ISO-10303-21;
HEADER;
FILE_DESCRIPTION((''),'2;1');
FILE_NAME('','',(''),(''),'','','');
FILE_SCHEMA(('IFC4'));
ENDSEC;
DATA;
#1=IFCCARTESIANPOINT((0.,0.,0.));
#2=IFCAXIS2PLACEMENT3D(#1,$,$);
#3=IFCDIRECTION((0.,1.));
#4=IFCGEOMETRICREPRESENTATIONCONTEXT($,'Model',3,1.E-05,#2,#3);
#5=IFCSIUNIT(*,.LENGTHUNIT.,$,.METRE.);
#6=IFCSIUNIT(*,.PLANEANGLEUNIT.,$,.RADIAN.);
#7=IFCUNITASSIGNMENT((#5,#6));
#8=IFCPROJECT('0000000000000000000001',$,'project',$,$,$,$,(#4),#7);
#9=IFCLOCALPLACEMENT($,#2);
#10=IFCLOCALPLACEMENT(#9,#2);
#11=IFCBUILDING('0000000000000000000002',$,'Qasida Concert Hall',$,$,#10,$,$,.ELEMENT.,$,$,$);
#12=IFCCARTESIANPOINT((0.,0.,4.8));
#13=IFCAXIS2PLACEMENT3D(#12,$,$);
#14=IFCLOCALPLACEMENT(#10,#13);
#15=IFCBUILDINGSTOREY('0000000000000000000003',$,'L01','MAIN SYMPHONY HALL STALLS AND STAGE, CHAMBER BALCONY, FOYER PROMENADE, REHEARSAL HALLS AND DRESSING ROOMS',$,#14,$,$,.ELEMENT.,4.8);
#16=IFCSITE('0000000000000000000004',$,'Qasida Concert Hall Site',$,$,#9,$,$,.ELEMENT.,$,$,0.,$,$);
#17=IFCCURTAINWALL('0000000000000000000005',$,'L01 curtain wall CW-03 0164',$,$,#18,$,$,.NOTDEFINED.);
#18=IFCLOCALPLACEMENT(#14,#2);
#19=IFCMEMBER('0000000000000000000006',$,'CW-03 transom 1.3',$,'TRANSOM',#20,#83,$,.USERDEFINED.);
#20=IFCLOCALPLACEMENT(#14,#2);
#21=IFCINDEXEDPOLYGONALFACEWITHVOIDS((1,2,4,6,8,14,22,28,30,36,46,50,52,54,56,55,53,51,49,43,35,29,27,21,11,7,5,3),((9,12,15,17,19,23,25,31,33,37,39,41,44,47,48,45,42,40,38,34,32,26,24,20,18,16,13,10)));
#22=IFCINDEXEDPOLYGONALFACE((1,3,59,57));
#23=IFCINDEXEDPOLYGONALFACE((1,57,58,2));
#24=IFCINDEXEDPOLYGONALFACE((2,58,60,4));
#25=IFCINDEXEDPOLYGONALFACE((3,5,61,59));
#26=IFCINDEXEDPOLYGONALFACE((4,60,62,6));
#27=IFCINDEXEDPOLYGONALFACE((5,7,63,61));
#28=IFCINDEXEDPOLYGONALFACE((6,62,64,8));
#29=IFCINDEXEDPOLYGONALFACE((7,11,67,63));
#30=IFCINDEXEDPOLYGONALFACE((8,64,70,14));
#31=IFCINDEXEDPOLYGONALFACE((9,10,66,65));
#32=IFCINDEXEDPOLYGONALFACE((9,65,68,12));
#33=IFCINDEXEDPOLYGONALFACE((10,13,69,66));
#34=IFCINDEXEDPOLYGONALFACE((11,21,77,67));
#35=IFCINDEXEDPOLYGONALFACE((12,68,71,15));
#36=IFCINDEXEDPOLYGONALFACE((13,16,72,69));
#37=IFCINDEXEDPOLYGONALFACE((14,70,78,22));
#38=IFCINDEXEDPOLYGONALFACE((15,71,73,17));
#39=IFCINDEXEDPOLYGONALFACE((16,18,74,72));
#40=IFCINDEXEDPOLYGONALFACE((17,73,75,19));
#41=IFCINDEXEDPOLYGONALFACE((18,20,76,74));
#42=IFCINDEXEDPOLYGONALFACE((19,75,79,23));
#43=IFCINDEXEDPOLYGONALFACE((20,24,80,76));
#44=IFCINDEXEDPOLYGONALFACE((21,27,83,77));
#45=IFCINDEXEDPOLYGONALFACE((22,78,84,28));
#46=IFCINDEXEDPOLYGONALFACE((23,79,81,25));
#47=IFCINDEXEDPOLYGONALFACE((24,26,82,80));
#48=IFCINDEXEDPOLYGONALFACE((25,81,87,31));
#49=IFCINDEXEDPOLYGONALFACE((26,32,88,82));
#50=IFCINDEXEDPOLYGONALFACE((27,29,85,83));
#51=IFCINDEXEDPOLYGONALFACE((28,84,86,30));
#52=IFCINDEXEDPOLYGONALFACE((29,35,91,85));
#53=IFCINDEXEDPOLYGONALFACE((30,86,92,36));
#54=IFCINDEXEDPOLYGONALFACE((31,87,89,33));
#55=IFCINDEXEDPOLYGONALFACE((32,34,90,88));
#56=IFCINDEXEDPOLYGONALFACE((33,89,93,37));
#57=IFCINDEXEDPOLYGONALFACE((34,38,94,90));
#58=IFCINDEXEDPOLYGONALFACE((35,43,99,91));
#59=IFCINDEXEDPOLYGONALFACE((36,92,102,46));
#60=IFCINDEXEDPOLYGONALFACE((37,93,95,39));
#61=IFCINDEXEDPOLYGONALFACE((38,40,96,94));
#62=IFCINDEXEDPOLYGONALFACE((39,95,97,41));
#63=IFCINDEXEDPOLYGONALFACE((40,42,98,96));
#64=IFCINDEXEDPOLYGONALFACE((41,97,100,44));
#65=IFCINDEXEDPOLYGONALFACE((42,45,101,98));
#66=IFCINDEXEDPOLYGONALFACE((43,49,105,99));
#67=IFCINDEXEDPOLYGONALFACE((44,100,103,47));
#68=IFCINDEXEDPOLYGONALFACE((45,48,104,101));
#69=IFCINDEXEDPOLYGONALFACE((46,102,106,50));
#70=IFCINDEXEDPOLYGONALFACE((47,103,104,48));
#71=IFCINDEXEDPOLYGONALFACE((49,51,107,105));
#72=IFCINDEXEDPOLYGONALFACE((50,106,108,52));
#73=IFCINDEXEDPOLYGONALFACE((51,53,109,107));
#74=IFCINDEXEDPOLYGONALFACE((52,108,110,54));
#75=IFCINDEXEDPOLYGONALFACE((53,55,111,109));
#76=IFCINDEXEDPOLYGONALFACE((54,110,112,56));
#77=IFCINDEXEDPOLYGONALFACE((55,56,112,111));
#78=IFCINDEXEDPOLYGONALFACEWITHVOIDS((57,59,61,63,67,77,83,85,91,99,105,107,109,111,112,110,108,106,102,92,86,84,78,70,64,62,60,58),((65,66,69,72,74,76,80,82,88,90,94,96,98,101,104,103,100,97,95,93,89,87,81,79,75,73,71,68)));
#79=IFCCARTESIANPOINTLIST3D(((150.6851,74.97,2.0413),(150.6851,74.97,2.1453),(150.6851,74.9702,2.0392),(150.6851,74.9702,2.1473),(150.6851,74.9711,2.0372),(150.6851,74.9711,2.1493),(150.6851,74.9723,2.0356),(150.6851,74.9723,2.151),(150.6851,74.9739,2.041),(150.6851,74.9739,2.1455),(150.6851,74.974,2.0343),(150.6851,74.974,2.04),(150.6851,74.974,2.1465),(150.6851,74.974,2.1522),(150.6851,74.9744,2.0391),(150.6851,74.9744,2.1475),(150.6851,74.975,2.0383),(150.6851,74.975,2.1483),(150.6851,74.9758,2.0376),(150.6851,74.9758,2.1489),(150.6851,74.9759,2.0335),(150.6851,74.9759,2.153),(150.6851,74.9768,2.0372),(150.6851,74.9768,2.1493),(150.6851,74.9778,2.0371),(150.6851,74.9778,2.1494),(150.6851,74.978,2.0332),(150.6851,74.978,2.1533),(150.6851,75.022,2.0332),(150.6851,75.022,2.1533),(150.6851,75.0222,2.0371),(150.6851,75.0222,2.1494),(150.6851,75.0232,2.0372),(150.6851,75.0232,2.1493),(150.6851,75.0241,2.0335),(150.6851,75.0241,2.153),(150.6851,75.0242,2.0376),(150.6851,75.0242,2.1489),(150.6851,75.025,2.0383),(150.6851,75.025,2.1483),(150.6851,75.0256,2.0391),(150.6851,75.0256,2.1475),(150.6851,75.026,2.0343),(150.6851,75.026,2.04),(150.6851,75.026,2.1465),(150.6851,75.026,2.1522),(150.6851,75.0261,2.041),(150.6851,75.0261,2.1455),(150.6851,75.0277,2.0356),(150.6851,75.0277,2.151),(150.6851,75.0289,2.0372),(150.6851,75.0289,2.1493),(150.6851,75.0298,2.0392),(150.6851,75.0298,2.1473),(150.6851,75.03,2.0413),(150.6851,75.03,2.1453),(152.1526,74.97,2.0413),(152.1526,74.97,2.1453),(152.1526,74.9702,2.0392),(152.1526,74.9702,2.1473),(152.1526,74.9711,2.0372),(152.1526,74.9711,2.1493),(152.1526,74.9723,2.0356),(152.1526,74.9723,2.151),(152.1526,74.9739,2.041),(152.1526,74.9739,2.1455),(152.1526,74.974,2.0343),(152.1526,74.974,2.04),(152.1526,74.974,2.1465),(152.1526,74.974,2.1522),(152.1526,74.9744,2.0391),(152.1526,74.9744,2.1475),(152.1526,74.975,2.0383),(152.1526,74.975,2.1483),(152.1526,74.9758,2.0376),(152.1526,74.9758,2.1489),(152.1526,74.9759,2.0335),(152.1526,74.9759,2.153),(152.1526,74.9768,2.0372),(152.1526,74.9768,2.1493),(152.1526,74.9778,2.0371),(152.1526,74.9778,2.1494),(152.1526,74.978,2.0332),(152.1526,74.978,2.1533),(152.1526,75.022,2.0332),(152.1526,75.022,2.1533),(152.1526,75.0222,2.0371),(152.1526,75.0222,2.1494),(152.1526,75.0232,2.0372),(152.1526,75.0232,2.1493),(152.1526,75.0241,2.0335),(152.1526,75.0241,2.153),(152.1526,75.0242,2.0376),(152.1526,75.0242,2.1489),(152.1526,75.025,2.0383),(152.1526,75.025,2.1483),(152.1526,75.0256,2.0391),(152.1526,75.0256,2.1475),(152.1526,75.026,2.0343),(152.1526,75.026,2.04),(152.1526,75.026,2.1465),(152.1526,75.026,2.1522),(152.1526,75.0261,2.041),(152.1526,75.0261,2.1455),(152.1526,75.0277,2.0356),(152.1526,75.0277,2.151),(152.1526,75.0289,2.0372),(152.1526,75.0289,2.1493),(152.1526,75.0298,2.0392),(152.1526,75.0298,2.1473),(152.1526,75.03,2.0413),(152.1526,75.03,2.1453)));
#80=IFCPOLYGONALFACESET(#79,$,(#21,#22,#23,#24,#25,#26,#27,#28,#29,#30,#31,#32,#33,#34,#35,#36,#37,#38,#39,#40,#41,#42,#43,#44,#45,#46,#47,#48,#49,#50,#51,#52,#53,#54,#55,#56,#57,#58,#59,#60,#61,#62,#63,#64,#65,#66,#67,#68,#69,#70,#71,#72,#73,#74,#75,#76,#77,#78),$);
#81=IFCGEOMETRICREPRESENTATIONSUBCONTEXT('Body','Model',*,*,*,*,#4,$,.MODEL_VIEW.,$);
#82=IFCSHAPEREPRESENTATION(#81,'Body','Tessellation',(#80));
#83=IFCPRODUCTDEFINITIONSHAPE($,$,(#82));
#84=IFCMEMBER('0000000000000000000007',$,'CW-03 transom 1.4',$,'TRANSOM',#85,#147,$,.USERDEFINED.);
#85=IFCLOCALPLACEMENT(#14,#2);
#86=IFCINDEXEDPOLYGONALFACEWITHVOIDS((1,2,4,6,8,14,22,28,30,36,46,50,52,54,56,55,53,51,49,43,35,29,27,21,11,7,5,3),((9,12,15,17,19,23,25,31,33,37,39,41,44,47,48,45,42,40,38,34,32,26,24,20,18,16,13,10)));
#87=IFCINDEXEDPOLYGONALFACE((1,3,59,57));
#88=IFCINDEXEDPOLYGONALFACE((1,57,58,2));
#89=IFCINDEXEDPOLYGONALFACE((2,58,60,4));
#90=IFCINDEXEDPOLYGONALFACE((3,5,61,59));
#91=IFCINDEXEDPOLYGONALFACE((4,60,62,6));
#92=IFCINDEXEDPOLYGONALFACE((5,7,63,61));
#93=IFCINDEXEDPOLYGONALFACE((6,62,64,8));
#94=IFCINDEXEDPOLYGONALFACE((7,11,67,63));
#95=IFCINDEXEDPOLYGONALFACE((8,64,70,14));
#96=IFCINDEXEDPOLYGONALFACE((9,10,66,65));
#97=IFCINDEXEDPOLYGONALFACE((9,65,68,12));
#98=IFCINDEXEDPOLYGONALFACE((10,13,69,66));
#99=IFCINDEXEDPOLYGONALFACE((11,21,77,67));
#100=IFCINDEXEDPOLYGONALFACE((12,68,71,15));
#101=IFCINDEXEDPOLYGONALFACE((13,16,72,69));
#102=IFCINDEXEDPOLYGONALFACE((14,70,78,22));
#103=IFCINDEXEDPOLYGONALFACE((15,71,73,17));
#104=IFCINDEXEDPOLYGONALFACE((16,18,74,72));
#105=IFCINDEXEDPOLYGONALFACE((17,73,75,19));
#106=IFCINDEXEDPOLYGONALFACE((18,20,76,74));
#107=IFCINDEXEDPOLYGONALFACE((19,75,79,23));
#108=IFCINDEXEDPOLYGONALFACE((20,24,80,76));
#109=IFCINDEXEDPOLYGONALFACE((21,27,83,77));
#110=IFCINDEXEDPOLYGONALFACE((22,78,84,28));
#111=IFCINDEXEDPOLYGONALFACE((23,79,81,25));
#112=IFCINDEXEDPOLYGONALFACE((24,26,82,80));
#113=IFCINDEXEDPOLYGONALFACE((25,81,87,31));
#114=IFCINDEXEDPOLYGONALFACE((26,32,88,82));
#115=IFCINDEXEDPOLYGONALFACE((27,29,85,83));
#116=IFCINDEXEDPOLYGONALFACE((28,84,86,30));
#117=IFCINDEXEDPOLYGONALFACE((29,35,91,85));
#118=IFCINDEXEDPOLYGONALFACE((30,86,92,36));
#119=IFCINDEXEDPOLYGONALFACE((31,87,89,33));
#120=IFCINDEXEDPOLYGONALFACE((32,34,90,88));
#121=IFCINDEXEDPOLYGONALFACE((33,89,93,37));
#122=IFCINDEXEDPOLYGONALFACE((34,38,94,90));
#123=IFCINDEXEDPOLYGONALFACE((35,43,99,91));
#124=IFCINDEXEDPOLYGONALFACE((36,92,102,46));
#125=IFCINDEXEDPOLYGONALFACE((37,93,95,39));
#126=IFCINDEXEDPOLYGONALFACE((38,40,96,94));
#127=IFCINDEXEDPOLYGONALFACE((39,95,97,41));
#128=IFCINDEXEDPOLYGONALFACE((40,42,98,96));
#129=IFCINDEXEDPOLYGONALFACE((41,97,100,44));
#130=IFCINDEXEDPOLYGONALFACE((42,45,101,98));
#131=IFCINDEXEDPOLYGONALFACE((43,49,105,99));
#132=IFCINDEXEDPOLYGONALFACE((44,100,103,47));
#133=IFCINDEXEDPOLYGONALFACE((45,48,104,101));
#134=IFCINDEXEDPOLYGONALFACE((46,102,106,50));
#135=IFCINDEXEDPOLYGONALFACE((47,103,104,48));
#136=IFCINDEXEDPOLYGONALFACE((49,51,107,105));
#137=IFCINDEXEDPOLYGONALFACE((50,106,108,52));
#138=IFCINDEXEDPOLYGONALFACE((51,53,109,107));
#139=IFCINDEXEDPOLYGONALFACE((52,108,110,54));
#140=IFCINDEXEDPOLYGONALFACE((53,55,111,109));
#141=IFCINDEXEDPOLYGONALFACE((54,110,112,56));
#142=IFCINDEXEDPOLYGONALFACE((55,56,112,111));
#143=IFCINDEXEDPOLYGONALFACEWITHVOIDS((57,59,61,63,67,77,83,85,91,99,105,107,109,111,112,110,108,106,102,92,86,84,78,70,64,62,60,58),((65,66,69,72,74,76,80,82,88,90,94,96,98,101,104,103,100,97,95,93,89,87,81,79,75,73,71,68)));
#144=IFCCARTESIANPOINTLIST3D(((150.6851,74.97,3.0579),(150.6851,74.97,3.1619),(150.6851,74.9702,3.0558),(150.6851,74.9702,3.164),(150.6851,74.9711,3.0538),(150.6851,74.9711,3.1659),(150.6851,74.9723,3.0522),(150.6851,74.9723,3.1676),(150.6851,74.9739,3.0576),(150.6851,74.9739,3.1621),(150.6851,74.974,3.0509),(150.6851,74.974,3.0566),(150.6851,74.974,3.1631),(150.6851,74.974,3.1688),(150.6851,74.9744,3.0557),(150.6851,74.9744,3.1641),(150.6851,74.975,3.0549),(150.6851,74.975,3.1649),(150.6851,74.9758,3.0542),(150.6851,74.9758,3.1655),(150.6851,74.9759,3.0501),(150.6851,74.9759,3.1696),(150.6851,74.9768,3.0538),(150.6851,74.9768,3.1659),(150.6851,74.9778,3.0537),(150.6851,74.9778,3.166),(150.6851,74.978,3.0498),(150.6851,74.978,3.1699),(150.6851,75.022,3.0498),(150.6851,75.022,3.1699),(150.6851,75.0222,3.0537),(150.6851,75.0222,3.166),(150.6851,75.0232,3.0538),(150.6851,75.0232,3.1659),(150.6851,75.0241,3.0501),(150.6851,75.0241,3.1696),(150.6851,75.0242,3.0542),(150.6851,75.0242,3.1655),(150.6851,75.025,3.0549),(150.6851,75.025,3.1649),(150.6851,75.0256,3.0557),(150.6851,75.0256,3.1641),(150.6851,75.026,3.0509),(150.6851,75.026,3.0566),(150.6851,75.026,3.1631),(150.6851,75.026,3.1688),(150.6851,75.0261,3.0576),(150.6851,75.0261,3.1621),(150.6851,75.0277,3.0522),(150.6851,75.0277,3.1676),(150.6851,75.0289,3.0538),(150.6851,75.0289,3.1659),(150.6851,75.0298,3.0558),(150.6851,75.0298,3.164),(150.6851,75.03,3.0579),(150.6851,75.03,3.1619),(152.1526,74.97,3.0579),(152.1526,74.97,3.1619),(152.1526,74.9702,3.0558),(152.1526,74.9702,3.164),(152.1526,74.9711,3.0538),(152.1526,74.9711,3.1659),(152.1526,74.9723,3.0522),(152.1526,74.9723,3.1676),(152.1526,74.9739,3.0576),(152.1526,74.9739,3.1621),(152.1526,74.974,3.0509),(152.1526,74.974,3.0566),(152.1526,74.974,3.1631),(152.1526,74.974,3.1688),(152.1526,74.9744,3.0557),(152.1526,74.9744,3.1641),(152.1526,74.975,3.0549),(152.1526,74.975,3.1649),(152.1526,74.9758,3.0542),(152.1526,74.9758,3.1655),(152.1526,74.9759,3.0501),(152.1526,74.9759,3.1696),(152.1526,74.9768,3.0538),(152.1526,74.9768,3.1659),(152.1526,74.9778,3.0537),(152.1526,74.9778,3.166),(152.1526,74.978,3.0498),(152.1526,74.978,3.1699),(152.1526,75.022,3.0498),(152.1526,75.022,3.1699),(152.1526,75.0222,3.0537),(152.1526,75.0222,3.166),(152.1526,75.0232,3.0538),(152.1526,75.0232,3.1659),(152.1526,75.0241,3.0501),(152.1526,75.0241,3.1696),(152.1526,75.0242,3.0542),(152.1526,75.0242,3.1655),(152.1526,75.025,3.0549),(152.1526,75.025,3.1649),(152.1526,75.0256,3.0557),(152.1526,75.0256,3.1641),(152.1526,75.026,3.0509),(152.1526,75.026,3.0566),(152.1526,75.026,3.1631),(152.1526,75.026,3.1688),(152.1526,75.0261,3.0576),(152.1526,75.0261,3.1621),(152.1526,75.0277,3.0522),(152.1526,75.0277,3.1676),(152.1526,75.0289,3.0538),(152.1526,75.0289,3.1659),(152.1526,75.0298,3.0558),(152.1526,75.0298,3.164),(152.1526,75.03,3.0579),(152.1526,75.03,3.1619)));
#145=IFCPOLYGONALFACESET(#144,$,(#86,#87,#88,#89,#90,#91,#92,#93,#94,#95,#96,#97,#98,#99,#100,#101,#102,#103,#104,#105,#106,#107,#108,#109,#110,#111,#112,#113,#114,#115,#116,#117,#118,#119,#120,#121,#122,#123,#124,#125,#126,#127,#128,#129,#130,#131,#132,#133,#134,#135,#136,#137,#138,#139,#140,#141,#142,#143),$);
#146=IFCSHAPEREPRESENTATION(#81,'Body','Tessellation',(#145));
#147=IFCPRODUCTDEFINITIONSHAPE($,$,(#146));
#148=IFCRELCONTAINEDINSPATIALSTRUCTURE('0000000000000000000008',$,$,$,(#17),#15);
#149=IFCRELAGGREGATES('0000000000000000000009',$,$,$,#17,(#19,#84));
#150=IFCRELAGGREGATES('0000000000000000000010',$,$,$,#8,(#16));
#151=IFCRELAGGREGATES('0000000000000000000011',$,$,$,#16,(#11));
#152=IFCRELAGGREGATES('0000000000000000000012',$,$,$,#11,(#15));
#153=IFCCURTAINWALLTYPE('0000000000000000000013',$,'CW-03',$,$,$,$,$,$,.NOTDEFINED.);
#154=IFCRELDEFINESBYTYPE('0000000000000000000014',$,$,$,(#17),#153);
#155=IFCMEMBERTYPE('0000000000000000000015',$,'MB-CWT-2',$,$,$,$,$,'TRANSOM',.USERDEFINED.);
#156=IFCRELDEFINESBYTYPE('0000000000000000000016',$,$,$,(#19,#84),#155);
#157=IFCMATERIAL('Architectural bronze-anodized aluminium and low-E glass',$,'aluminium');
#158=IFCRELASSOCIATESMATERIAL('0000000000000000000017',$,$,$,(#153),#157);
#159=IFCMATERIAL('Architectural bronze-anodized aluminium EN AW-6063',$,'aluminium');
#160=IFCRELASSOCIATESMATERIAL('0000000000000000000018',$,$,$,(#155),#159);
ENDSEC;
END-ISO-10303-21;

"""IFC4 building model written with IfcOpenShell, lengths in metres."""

from ifc_helpers import new_model, si_unit, direction, frame, origin, origin_2d, place, context, subcontext, project, spatial, hollow_rectangle, extrude, material, material_profile, profile_set, type_object, element, aggregate, save


model = new_model("IFC4")

# Units and contexts
model_context = context("Model", 3, precision=1e-05, world=origin(), true_north=direction((0.0, 1.0)))
body_context = subcontext(model_context, "Body", "Model", "MODEL_VIEW")
ifc_project = project(units=[si_unit("LENGTHUNIT", "METRE"), si_unit("PLANEANGLEUNIT", "RADIAN")], contexts=[model_context])

# Site, building, storey
site_placement = place(None, origin())
site = spatial("IfcSite", under=ifc_project, at=site_placement, Name="Qasida Concert Hall Site", CompositionType="ELEMENT", RefElevation=0.0)
building_placement = place(site_placement, origin())
building = spatial("IfcBuilding", under=site, at=building_placement, Name="Qasida Concert Hall", CompositionType="ELEMENT")
storey_placement = place(building_placement, frame((0.0, 0.0, 4.8)))
storey = spatial("IfcBuildingStorey", under=building, at=storey_placement, Name="L01", Description="MAIN SYMPHONY HALL STALLS AND STAGE, CHAMBER BALCONY, FOYER PROMENADE, REHEARSAL HALLS AND DRESSING ROOMS", CompositionType="ELEMENT", Elevation=4.8)

# Curtain wall, members
ifc_material_1 = material(Name="Architectural bronze-anodized aluminium and low-E glass", Category="aluminium")
curtain_wall_type = type_object("IfcCurtainWallType", Name="CW-03", PredefinedType="NOTDEFINED", material=ifc_material_1)
curtain_wall_placement = place(storey_placement, origin())
curtain_wall = element("IfcCurtainWall", 1, at=curtain_wall_placement, inside=storey, type_object=curtain_wall_type, Name="L01 curtain wall CW-03 0164", PredefinedType="NOTDEFINED")
ifc_material_2 = material(Name="Architectural bronze-anodized aluminium EN AW-6063", Category="aluminium")
ifc_material_profile_1 = material_profile(ifc_material_2, hollow_rectangle(XDim=0.0601, YDim=0.1201, WallThickness=0.0039, InnerFilletRadius=0.0039, OuterFilletRadius=0.0081, at=origin_2d()), Name="CWT 120x60x4")
ifc_profile_set_1 = profile_set([ifc_material_profile_1], Name="Architectural bronze-anodized aluminium EN AW-6063")
member_type_1 = type_object("IfcMemberType", Name="MB-CWT-2", ElementType="TRANSOM", PredefinedType="USERDEFINED", material=ifc_profile_set_1)
member_1_placement = place(storey_placement, frame((150.6851, 75.0, 2.0933), z_axis=(1.0, 0.0, 0.0), x_axis=(0.0, 1.0, 0.0)))
member_1 = element("IfcMember", 2, at=member_1_placement, type_object=member_type_1, Name="CW-03 transom 1.3", ObjectType="TRANSOM", PredefinedType="USERDEFINED", context=body_context, shape_type="SweptSolid", body=[
    extrude(hollow_rectangle(XDim=0.0601, YDim=0.1201, WallThickness=0.0039, InnerFilletRadius=0.0039, OuterFilletRadius=0.0081, at=origin_2d()), origin(), (0.0, 0.0, 1.0), 1.4675),
])
member_2_placement = place(storey_placement, frame((150.6851, 75.0, 3.1099), z_axis=(1.0, 0.0, 0.0), x_axis=(0.0, 1.0, 0.0)))
member_2 = element("IfcMember", 3, at=member_2_placement, type_object=member_type_1, Name="CW-03 transom 1.4", ObjectType="TRANSOM", PredefinedType="USERDEFINED", context=body_context, shape_type="SweptSolid", body=[
    extrude(hollow_rectangle(XDim=0.0601, YDim=0.1201, WallThickness=0.0039, InnerFilletRadius=0.0039, OuterFilletRadius=0.0081, at=origin_2d()), origin(), (0.0, 0.0, 1.0), 1.4675),
])
aggregate(curtain_wall, [member_1, member_2])

save(model, "model.ifc")
